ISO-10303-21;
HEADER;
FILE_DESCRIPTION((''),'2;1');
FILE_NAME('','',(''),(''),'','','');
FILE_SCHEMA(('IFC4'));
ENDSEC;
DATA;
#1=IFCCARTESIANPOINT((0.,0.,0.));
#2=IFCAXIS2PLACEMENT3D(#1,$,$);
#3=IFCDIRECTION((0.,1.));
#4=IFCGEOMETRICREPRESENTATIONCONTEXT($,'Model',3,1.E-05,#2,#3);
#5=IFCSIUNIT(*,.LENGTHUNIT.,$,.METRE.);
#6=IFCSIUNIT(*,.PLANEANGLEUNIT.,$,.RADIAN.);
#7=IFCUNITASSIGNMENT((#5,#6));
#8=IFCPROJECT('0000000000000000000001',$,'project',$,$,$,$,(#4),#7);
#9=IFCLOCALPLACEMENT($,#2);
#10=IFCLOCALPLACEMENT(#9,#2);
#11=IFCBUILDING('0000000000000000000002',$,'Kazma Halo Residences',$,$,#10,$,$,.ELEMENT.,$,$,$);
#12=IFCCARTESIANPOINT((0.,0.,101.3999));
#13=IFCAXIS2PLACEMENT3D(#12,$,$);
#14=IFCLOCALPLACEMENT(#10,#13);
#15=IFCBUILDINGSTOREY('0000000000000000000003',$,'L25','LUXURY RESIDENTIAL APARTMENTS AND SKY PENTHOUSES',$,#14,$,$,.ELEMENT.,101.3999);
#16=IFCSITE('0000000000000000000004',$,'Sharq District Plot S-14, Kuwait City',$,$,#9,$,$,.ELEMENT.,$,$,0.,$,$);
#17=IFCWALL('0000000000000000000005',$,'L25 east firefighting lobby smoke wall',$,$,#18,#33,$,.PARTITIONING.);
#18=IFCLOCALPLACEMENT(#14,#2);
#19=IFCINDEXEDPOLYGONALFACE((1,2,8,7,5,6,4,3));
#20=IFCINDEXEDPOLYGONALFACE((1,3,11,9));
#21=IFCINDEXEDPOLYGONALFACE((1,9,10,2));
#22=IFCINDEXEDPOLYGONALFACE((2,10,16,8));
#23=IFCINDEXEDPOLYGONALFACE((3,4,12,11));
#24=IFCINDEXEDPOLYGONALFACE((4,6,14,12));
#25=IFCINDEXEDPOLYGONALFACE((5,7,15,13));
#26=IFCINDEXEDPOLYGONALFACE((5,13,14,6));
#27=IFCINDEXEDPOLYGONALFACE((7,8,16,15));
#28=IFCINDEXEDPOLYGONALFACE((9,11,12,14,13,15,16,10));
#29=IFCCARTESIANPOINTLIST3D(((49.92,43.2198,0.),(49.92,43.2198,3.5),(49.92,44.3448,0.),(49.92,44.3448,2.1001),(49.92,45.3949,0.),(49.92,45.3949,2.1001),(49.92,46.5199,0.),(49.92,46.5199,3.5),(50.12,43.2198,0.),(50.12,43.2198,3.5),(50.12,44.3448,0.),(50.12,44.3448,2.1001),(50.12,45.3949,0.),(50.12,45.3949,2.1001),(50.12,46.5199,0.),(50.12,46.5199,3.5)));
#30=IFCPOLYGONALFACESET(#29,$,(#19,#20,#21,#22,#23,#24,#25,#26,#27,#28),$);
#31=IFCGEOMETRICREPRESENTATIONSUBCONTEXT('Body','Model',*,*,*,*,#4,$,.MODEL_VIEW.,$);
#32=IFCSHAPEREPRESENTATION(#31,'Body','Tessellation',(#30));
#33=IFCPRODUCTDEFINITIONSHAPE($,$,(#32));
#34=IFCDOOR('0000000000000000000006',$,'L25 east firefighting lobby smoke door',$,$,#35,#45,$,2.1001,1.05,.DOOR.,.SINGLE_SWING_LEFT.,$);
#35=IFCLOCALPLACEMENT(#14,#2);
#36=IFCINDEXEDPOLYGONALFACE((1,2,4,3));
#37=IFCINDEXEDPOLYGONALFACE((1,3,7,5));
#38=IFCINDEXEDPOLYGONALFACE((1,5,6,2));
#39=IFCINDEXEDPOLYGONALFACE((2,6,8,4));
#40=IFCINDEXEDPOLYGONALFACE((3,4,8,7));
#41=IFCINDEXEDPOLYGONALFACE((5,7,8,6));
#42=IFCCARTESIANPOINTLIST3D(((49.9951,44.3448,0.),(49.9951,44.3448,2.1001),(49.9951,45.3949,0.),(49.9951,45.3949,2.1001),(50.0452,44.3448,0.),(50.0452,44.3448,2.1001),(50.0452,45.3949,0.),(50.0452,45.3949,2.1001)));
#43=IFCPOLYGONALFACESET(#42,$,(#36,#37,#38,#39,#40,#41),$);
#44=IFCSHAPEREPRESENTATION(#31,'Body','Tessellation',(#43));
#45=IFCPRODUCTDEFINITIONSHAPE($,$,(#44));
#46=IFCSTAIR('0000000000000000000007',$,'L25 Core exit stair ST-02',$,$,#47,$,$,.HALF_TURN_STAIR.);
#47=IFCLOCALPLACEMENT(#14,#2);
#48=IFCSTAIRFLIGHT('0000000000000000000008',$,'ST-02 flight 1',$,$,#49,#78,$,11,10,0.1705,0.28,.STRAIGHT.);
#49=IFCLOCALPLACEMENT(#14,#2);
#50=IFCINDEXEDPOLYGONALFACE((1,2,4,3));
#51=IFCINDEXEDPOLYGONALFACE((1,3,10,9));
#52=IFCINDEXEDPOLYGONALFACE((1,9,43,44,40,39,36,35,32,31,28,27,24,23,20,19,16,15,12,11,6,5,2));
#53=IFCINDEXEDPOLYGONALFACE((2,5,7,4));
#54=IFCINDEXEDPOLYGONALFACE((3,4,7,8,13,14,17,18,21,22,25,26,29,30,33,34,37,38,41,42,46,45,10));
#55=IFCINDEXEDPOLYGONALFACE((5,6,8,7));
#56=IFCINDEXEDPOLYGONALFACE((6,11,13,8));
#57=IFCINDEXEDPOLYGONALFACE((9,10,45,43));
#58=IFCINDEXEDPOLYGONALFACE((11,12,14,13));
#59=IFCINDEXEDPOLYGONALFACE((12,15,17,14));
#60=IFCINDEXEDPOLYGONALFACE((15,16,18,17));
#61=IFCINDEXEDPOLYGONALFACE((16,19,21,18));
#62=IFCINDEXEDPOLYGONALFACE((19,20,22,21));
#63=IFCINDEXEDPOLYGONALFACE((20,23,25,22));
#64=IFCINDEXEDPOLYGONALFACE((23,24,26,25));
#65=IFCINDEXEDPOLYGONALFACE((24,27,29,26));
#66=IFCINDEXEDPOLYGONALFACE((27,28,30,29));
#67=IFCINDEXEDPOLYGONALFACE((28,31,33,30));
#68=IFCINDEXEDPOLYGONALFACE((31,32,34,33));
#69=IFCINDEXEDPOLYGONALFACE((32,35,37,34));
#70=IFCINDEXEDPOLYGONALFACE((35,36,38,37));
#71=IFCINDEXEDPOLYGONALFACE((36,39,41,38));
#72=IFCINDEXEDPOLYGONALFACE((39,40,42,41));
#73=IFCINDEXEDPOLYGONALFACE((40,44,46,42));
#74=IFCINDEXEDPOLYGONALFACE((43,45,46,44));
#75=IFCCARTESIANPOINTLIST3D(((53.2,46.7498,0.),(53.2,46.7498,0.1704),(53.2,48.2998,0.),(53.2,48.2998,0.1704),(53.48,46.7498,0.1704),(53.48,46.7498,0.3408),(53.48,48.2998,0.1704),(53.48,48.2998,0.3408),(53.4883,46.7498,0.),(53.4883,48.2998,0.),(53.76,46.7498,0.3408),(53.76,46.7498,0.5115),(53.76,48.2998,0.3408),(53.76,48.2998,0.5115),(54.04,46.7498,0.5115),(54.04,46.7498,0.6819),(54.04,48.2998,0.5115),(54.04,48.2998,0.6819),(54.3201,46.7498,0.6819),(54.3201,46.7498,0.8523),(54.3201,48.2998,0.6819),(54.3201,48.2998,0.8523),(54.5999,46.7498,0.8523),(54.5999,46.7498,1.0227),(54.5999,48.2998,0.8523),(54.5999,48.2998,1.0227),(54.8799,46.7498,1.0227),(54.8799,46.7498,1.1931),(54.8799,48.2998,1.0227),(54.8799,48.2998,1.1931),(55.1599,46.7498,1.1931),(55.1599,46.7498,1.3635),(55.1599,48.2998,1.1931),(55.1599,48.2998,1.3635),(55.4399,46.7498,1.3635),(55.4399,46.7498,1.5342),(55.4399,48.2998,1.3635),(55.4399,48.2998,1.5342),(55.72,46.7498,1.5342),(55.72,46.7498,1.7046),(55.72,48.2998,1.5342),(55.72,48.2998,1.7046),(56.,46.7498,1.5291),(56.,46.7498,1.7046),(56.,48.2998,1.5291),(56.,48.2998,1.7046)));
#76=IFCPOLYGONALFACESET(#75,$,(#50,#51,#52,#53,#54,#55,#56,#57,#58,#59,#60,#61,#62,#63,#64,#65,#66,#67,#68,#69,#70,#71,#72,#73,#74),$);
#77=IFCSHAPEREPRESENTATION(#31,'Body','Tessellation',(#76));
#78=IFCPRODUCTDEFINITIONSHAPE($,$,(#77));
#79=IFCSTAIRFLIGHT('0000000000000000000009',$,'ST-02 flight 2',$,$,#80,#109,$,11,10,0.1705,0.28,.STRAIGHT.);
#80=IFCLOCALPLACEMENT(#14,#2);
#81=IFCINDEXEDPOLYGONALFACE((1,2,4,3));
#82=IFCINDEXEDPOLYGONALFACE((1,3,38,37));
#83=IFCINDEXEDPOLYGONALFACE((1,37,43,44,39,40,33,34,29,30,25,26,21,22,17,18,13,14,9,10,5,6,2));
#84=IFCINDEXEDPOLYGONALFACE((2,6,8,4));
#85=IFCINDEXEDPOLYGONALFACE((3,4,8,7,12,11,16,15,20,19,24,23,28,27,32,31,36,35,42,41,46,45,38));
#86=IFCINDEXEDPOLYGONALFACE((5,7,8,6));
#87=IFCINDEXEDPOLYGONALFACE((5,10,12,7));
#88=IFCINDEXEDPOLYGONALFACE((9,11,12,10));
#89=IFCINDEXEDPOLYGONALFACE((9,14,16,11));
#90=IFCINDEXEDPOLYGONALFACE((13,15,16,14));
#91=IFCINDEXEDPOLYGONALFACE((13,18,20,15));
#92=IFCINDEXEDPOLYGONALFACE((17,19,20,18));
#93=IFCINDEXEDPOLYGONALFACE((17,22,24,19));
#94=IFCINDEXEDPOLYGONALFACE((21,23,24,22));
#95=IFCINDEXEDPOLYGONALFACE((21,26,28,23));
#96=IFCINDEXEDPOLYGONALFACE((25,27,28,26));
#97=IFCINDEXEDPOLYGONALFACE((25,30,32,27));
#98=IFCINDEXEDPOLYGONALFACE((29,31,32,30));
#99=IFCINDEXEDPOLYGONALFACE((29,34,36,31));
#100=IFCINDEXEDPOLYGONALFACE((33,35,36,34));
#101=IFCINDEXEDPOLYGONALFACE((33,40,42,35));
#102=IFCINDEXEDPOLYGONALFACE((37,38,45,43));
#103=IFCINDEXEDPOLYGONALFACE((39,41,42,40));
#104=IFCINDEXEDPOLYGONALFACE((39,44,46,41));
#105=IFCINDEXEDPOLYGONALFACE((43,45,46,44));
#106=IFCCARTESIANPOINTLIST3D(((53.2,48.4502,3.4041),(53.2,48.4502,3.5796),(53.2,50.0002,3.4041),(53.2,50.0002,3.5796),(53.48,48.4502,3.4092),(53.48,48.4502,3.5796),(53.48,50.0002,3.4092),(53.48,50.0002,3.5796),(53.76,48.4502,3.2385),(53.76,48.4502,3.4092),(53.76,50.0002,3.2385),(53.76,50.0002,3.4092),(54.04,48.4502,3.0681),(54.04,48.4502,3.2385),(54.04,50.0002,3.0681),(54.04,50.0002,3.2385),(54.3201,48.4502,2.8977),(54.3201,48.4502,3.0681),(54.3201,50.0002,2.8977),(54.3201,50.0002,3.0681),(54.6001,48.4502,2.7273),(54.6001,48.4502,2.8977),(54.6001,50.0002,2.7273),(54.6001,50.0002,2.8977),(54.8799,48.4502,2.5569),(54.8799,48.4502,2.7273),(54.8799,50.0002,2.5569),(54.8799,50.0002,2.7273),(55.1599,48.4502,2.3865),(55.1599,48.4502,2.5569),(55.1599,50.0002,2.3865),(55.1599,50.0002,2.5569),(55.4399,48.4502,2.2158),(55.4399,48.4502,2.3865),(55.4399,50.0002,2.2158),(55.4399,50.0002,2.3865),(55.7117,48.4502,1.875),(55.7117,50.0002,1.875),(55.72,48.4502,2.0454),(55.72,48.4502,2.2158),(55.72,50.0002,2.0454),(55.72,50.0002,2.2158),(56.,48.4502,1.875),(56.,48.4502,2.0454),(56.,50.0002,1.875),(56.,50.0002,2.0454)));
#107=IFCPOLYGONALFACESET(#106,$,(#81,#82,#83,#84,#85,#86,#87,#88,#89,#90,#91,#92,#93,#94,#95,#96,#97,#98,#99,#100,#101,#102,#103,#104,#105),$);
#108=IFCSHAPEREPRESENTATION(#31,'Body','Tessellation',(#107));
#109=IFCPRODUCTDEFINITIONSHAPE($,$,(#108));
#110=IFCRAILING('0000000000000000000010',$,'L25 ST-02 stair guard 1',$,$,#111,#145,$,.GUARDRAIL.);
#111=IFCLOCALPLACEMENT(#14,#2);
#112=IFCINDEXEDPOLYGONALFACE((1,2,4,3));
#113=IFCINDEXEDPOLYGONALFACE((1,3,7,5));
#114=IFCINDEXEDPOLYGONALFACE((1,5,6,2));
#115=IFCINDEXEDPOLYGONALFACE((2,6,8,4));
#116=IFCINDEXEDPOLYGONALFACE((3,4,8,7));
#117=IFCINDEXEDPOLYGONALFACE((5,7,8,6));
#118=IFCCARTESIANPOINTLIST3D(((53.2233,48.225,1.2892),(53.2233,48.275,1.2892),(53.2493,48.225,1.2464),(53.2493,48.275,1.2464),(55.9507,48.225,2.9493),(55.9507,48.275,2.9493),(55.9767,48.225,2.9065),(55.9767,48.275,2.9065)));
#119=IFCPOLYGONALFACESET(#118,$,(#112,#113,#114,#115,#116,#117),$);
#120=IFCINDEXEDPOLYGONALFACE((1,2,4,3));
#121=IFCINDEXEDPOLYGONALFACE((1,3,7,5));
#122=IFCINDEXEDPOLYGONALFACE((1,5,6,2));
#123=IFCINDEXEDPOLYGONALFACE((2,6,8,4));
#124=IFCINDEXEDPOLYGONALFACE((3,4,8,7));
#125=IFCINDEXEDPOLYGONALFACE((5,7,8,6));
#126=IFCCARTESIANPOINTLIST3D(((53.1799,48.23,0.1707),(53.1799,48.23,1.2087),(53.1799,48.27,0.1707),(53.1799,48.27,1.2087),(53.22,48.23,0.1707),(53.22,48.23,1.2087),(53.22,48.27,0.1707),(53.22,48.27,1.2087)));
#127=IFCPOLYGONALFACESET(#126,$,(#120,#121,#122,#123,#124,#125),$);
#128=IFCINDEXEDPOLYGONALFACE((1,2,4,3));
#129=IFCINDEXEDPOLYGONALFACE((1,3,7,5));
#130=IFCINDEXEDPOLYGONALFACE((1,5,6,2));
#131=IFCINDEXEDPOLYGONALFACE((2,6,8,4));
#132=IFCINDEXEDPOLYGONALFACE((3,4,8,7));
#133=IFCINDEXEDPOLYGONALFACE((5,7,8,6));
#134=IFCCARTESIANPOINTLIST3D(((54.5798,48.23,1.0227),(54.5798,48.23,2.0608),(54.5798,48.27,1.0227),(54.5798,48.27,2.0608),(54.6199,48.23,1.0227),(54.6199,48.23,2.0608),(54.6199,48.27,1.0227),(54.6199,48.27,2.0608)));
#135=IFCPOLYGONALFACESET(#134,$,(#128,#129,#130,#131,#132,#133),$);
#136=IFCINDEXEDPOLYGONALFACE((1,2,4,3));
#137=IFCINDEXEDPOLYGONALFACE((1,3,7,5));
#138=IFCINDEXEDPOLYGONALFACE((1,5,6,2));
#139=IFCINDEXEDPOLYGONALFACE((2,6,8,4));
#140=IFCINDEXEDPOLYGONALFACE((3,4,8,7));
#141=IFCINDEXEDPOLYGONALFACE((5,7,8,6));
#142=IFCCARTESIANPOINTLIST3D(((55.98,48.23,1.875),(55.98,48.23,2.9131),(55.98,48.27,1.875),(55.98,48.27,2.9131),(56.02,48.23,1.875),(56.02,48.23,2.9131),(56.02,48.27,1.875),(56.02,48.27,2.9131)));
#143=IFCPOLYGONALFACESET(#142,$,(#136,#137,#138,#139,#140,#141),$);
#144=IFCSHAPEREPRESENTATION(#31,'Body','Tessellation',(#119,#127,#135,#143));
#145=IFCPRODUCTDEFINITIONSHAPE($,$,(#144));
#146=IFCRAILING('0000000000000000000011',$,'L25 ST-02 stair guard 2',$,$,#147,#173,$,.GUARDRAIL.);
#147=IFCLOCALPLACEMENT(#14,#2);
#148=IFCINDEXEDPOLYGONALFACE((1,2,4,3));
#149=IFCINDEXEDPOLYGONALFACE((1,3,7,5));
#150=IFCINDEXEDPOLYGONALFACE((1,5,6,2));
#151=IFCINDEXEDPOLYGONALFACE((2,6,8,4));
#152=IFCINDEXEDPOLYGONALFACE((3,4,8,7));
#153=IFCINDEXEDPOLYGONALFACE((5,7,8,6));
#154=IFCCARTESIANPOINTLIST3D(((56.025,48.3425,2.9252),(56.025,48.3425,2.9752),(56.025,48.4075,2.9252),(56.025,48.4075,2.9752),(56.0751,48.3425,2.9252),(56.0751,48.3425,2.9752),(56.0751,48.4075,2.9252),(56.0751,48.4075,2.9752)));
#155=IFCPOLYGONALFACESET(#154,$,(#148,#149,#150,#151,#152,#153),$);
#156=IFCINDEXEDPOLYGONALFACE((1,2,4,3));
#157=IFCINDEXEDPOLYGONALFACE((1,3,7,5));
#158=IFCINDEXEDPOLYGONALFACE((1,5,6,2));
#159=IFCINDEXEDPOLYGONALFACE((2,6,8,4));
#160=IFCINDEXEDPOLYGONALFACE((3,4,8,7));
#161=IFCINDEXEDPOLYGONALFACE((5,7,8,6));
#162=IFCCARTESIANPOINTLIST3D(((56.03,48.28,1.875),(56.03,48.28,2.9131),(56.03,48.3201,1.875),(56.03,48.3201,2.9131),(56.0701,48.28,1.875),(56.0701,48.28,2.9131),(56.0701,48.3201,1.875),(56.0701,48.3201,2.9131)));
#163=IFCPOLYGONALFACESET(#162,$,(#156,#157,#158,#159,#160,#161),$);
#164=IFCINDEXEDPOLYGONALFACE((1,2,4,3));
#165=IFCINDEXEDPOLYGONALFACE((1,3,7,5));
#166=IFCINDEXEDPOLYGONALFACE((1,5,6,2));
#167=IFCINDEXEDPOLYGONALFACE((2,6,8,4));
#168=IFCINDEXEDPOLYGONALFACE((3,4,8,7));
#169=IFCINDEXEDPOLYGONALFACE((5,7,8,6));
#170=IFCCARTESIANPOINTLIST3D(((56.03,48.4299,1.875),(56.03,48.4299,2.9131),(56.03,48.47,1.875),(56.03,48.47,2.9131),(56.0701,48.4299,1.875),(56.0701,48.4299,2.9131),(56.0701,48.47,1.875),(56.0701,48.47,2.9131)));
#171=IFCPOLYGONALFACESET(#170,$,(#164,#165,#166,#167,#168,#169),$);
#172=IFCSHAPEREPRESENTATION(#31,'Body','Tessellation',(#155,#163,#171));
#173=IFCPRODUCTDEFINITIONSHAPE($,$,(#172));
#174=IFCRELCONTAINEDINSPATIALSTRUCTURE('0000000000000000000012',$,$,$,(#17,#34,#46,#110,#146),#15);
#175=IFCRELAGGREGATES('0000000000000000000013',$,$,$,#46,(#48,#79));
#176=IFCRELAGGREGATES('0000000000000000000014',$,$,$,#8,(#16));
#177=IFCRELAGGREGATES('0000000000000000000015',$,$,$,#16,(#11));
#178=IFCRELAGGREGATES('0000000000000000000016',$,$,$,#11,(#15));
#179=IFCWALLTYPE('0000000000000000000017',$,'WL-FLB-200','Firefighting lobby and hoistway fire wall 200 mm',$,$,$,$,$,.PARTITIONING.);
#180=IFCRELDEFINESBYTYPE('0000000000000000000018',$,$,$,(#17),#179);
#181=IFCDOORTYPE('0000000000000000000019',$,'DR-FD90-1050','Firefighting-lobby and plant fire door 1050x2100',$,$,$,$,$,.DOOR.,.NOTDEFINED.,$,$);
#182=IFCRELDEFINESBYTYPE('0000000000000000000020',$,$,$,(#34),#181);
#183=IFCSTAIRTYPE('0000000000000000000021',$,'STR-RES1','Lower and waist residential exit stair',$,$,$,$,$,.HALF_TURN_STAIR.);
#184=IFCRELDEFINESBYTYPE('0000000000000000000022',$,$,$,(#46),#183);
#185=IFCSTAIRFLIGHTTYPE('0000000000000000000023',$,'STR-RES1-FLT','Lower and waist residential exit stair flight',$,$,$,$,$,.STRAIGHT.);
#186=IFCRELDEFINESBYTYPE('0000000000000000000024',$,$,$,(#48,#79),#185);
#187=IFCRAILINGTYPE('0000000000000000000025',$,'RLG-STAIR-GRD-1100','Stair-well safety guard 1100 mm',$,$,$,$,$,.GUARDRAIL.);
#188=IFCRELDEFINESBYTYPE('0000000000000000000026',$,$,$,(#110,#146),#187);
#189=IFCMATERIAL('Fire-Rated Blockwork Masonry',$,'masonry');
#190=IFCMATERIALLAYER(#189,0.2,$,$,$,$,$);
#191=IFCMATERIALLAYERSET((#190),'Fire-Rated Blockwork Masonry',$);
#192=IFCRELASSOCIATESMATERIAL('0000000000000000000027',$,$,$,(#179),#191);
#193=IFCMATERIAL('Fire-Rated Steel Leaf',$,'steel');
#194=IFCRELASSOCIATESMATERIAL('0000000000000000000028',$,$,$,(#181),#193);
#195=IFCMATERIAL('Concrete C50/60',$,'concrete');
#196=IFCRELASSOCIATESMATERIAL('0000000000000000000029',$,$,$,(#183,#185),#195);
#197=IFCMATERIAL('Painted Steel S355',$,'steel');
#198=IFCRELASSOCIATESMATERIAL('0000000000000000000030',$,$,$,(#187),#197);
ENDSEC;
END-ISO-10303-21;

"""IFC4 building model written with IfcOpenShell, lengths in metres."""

from ifc_helpers import new_model, si_unit, direction, frame, frame_2d, origin, origin_2d, place, context, subcontext, project, spatial, polyline, rectangle, outline, extrude, material, layer, layer_set, type_object, element, fill, aggregate, save


model = new_model("IFC4")

# Units and contexts
model_context = context("Model", 3, precision=1e-05, world=origin(), true_north=direction((0.0, 1.0)))
body_context = subcontext(model_context, "Body", "Model", "MODEL_VIEW")
ifc_project = project(units=[si_unit("LENGTHUNIT", "METRE"), si_unit("PLANEANGLEUNIT", "RADIAN")], contexts=[model_context])

# Site, building, storey
site_placement = place(None, origin())
site = spatial("IfcSite", under=ifc_project, at=site_placement, Name="Sharq District Plot S-14, Kuwait City", CompositionType="ELEMENT", RefElevation=0.0)
building_placement = place(site_placement, origin())
building = spatial("IfcBuilding", under=site, at=building_placement, Name="Kazma Halo Residences", CompositionType="ELEMENT")
storey_placement = place(building_placement, frame((0.0, 0.0, 101.3999)))
storey = spatial("IfcBuildingStorey", under=building, at=storey_placement, Name="L25", Description="LUXURY RESIDENTIAL APARTMENTS AND SKY PENTHOUSES", CompositionType="ELEMENT", Elevation=101.3999)

# Shared definitions
ifc_material_1 = material(Name="Fire-Rated Blockwork Masonry", Category="masonry")
ifc_layer_1 = layer(ifc_material_1, 0.2)
ifc_layer_set_1 = layer_set([ifc_layer_1], Name="Fire-Rated Blockwork Masonry")
wall_type_1 = type_object("IfcWallType", Name="WL-FLB-200", Description="Firefighting lobby and hoistway fire wall 200 mm", PredefinedType="PARTITIONING", material=ifc_layer_set_1)

# Wall, opening, door
wall_1_placement = place(storey_placement, frame((50.02, 43.22, 0.0), z_axis=(0.0, 0.0, 1.0), x_axis=(0.0, 1.0, 0.0)))
wall_1 = element("IfcWall", 1, at=wall_1_placement, inside=storey, type_object=wall_type_1, Name="L25 east firefighting lobby smoke wall", PredefinedType="PARTITIONING", context=body_context, shape_type="SweptSolid", body=[
    extrude(rectangle(XDim=3.3, YDim=0.2, at=frame_2d((1.6499, 0.0))), origin(), (0.0, 0.0, 1.0), 3.5),
])
opening_1_placement = place(wall_1_placement, frame((1.125, 0.0, 0.0)))
opening_1 = element("IfcOpeningElement", 2, at=opening_1_placement, cuts=wall_1, PredefinedType="OPENING", context=body_context, shape_type="SweptSolid", body=[
    extrude(rectangle(XDim=1.05, YDim=2.1001, at=frame_2d((0.5249, 1.05))), frame((0.0, 0.1099, 0.0), z_axis=(0.0, -1.0, 0.0), x_axis=(1.0, 0.0, 0.0)), (0.0, 0.0, 1.0), 0.22),
])
ifc_material_2 = material(Name="Fire-Rated Steel Leaf", Category="steel")
door_type_1 = type_object("IfcDoorType", Name="DR-FD90-1050", Description="Firefighting-lobby and plant fire door 1050x2100", OperationType="NOTDEFINED", PredefinedType="DOOR", material=ifc_material_2)
door_1_placement = place(opening_1_placement, origin())
door_1 = element("IfcDoor", 3, at=door_1_placement, inside=storey, type_object=door_type_1, Name="L25 east firefighting lobby smoke door", OperationType="SINGLE_SWING_LEFT", OverallHeight=2.1001, OverallWidth=1.05, PredefinedType="DOOR", context=body_context, shape_type="SweptSolid", body=[
    extrude(rectangle(XDim=1.05, YDim=2.1001, at=frame_2d((0.5249, 1.05))), frame((0.0, 0.0249, 0.0), z_axis=(0.0, -1.0, 0.0), x_axis=(1.0, 0.0, 0.0)), (0.0, 0.0, 1.0), 0.05),
])
fill(opening_1, door_1)
ifc_material_3 = material(Name="Concrete C50/60", Category="concrete")

# Stair, stair flights
stair_type = type_object("IfcStairType", Name="STR-RES1", Description="Lower and waist residential exit stair", PredefinedType="HALF_TURN_STAIR", material=ifc_material_3)
stair_placement = place(storey_placement, origin())
stair = element("IfcStair", 4, at=stair_placement, inside=storey, type_object=stair_type, Name="L25 Core exit stair ST-02", PredefinedType="HALF_TURN_STAIR")
stair_flight_type = type_object("IfcStairFlightType", Name="STR-RES1-FLT", Description="Lower and waist residential exit stair flight", PredefinedType="STRAIGHT", material=ifc_material_3)
stair_flight_1_placement = place(storey_placement, frame((53.2, 47.5249, 0.0), z_axis=(0.0, 0.0, 1.0), x_axis=(1.0, 0.0, 0.0)))
stair_flight_1 = element("IfcStairFlight", 5, at=stair_flight_1_placement, type_object=stair_flight_type, Name="ST-02 flight 1", NumberOfRisers=11, NumberOfTreads=10, PredefinedType="STRAIGHT", RiserHeight=0.1705, TreadLength=0.28, context=body_context, shape_type="SweptSolid", body=[
    extrude(outline(polyline([(0.0, 0.0), (0.0, 0.1704), (0.28, 0.1704), (0.28, 0.3408), (0.5601, 0.3408), (0.5601, 0.5115), (0.8401, 0.5115), (0.8401, 0.6819), (1.1201, 0.6819), (1.1201, 0.8523), (1.3999, 0.8523), (1.3999, 1.0227), (1.6799, 1.0227), (1.6799, 1.1931), (1.96, 1.1931), (1.96, 1.3635), (2.24, 1.3635), (2.24, 1.5342), (2.52, 1.5342), (2.52, 1.7046), (2.8, 1.7046), (2.8, 1.875), (2.8, 1.5291), (0.2883, 0.0), (0.0, 0.0)])), frame((0.0, 0.7749, 0.0), z_axis=(0.0, -1.0, 0.0), x_axis=(1.0, 0.0, 0.0)), (0.0, 0.0, 1.0), 1.55),
])
stair_flight_2_placement = place(storey_placement, frame((56.0, 49.2251, 1.875), z_axis=(0.0, 0.0, 1.0), x_axis=(-1.0, 0.0, 0.0)))
stair_flight_2 = element("IfcStairFlight", 6, at=stair_flight_2_placement, type_object=stair_flight_type, Name="ST-02 flight 2", NumberOfRisers=11, NumberOfTreads=10, PredefinedType="STRAIGHT", RiserHeight=0.1705, TreadLength=0.28, context=body_context, shape_type="SweptSolid", body=[
    extrude(outline(polyline([(0.0, 0.0), (0.0, 0.1704), (0.28, 0.1704), (0.28, 0.3408), (0.5601, 0.3408), (0.5601, 0.5115), (0.8401, 0.5115), (0.8401, 0.6819), (1.1201, 0.6819), (1.1201, 0.8523), (1.3999, 0.8523), (1.3999, 1.0227), (1.6799, 1.0227), (1.6799, 1.1931), (1.96, 1.1931), (1.96, 1.3635), (2.24, 1.3635), (2.24, 1.5342), (2.52, 1.5342), (2.52, 1.7046), (2.8, 1.7046), (2.8, 1.875), (2.8, 1.5291), (0.2883, 0.0), (0.0, 0.0)])), frame((0.0, 0.7749, 0.0), z_axis=(0.0, -1.0, 0.0), x_axis=(1.0, 0.0, 0.0)), (0.0, 0.0, 1.0), 1.55),
])
aggregate(stair, [stair_flight_1, stair_flight_2])

# Railings
ifc_material_4 = material(Name="Painted Steel S355", Category="steel")
railing_type_1 = type_object("IfcRailingType", Name="RLG-STAIR-GRD-1100", Description="Stair-well safety guard 1100 mm", PredefinedType="GUARDRAIL", material=ifc_material_4)
railing_1_placement = place(storey_placement, frame((53.2, 48.25, 0.1707)))
element("IfcRailing", 7, at=railing_1_placement, inside=storey, type_object=railing_type_1, Name="L25 ST-02 stair guard 1", PredefinedType="GUARDRAIL", context=body_context, shape_type="SweptSolid", body=[
    extrude(rectangle(XDim=0.05, YDim=0.05, at=origin_2d()), frame((0.0364, 0.0, 1.0972), z_axis=(0.854203, 0.0, 0.51994), x_axis=(0.0, 1.0, 0.0)), (0.0, 0.0, 1.0), 3.1929),
    extrude(rectangle(XDim=0.04, YDim=0.04, at=origin_2d()), origin(), (0.0, 0.0, 1.0), 1.0381),
    extrude(rectangle(XDim=0.04, YDim=0.04, at=origin_2d()), frame((1.3999, 0.0, 0.8521)), (0.0, 0.0, 1.0), 1.0381),
    extrude(rectangle(XDim=0.04, YDim=0.04, at=origin_2d()), frame((2.8, 0.0, 1.7043)), (0.0, 0.0, 1.0), 1.0381),
])
railing_2_placement = place(storey_placement, frame((56.05, 48.3, 1.875)))
element("IfcRailing", 8, at=railing_2_placement, inside=storey, type_object=railing_type_1, Name="L25 ST-02 stair guard 2", PredefinedType="GUARDRAIL", context=body_context, shape_type="SweptSolid", body=[
    extrude(rectangle(XDim=0.05, YDim=0.05, at=origin_2d()), frame((0.0, 0.0425, 1.0752), z_axis=(0.0, 1.0, 0.0), x_axis=(-1.0, 0.0, 0.0)), (0.0, 0.0, 1.0), 0.0649),
    extrude(rectangle(XDim=0.04, YDim=0.04, at=origin_2d()), origin(), (0.0, 0.0, 1.0), 1.0381),
    extrude(rectangle(XDim=0.04, YDim=0.04, at=origin_2d()), frame((0.0, 0.1499, 0.0)), (0.0, 0.0, 1.0), 1.0381),
])

save(model, "model.ifc")
